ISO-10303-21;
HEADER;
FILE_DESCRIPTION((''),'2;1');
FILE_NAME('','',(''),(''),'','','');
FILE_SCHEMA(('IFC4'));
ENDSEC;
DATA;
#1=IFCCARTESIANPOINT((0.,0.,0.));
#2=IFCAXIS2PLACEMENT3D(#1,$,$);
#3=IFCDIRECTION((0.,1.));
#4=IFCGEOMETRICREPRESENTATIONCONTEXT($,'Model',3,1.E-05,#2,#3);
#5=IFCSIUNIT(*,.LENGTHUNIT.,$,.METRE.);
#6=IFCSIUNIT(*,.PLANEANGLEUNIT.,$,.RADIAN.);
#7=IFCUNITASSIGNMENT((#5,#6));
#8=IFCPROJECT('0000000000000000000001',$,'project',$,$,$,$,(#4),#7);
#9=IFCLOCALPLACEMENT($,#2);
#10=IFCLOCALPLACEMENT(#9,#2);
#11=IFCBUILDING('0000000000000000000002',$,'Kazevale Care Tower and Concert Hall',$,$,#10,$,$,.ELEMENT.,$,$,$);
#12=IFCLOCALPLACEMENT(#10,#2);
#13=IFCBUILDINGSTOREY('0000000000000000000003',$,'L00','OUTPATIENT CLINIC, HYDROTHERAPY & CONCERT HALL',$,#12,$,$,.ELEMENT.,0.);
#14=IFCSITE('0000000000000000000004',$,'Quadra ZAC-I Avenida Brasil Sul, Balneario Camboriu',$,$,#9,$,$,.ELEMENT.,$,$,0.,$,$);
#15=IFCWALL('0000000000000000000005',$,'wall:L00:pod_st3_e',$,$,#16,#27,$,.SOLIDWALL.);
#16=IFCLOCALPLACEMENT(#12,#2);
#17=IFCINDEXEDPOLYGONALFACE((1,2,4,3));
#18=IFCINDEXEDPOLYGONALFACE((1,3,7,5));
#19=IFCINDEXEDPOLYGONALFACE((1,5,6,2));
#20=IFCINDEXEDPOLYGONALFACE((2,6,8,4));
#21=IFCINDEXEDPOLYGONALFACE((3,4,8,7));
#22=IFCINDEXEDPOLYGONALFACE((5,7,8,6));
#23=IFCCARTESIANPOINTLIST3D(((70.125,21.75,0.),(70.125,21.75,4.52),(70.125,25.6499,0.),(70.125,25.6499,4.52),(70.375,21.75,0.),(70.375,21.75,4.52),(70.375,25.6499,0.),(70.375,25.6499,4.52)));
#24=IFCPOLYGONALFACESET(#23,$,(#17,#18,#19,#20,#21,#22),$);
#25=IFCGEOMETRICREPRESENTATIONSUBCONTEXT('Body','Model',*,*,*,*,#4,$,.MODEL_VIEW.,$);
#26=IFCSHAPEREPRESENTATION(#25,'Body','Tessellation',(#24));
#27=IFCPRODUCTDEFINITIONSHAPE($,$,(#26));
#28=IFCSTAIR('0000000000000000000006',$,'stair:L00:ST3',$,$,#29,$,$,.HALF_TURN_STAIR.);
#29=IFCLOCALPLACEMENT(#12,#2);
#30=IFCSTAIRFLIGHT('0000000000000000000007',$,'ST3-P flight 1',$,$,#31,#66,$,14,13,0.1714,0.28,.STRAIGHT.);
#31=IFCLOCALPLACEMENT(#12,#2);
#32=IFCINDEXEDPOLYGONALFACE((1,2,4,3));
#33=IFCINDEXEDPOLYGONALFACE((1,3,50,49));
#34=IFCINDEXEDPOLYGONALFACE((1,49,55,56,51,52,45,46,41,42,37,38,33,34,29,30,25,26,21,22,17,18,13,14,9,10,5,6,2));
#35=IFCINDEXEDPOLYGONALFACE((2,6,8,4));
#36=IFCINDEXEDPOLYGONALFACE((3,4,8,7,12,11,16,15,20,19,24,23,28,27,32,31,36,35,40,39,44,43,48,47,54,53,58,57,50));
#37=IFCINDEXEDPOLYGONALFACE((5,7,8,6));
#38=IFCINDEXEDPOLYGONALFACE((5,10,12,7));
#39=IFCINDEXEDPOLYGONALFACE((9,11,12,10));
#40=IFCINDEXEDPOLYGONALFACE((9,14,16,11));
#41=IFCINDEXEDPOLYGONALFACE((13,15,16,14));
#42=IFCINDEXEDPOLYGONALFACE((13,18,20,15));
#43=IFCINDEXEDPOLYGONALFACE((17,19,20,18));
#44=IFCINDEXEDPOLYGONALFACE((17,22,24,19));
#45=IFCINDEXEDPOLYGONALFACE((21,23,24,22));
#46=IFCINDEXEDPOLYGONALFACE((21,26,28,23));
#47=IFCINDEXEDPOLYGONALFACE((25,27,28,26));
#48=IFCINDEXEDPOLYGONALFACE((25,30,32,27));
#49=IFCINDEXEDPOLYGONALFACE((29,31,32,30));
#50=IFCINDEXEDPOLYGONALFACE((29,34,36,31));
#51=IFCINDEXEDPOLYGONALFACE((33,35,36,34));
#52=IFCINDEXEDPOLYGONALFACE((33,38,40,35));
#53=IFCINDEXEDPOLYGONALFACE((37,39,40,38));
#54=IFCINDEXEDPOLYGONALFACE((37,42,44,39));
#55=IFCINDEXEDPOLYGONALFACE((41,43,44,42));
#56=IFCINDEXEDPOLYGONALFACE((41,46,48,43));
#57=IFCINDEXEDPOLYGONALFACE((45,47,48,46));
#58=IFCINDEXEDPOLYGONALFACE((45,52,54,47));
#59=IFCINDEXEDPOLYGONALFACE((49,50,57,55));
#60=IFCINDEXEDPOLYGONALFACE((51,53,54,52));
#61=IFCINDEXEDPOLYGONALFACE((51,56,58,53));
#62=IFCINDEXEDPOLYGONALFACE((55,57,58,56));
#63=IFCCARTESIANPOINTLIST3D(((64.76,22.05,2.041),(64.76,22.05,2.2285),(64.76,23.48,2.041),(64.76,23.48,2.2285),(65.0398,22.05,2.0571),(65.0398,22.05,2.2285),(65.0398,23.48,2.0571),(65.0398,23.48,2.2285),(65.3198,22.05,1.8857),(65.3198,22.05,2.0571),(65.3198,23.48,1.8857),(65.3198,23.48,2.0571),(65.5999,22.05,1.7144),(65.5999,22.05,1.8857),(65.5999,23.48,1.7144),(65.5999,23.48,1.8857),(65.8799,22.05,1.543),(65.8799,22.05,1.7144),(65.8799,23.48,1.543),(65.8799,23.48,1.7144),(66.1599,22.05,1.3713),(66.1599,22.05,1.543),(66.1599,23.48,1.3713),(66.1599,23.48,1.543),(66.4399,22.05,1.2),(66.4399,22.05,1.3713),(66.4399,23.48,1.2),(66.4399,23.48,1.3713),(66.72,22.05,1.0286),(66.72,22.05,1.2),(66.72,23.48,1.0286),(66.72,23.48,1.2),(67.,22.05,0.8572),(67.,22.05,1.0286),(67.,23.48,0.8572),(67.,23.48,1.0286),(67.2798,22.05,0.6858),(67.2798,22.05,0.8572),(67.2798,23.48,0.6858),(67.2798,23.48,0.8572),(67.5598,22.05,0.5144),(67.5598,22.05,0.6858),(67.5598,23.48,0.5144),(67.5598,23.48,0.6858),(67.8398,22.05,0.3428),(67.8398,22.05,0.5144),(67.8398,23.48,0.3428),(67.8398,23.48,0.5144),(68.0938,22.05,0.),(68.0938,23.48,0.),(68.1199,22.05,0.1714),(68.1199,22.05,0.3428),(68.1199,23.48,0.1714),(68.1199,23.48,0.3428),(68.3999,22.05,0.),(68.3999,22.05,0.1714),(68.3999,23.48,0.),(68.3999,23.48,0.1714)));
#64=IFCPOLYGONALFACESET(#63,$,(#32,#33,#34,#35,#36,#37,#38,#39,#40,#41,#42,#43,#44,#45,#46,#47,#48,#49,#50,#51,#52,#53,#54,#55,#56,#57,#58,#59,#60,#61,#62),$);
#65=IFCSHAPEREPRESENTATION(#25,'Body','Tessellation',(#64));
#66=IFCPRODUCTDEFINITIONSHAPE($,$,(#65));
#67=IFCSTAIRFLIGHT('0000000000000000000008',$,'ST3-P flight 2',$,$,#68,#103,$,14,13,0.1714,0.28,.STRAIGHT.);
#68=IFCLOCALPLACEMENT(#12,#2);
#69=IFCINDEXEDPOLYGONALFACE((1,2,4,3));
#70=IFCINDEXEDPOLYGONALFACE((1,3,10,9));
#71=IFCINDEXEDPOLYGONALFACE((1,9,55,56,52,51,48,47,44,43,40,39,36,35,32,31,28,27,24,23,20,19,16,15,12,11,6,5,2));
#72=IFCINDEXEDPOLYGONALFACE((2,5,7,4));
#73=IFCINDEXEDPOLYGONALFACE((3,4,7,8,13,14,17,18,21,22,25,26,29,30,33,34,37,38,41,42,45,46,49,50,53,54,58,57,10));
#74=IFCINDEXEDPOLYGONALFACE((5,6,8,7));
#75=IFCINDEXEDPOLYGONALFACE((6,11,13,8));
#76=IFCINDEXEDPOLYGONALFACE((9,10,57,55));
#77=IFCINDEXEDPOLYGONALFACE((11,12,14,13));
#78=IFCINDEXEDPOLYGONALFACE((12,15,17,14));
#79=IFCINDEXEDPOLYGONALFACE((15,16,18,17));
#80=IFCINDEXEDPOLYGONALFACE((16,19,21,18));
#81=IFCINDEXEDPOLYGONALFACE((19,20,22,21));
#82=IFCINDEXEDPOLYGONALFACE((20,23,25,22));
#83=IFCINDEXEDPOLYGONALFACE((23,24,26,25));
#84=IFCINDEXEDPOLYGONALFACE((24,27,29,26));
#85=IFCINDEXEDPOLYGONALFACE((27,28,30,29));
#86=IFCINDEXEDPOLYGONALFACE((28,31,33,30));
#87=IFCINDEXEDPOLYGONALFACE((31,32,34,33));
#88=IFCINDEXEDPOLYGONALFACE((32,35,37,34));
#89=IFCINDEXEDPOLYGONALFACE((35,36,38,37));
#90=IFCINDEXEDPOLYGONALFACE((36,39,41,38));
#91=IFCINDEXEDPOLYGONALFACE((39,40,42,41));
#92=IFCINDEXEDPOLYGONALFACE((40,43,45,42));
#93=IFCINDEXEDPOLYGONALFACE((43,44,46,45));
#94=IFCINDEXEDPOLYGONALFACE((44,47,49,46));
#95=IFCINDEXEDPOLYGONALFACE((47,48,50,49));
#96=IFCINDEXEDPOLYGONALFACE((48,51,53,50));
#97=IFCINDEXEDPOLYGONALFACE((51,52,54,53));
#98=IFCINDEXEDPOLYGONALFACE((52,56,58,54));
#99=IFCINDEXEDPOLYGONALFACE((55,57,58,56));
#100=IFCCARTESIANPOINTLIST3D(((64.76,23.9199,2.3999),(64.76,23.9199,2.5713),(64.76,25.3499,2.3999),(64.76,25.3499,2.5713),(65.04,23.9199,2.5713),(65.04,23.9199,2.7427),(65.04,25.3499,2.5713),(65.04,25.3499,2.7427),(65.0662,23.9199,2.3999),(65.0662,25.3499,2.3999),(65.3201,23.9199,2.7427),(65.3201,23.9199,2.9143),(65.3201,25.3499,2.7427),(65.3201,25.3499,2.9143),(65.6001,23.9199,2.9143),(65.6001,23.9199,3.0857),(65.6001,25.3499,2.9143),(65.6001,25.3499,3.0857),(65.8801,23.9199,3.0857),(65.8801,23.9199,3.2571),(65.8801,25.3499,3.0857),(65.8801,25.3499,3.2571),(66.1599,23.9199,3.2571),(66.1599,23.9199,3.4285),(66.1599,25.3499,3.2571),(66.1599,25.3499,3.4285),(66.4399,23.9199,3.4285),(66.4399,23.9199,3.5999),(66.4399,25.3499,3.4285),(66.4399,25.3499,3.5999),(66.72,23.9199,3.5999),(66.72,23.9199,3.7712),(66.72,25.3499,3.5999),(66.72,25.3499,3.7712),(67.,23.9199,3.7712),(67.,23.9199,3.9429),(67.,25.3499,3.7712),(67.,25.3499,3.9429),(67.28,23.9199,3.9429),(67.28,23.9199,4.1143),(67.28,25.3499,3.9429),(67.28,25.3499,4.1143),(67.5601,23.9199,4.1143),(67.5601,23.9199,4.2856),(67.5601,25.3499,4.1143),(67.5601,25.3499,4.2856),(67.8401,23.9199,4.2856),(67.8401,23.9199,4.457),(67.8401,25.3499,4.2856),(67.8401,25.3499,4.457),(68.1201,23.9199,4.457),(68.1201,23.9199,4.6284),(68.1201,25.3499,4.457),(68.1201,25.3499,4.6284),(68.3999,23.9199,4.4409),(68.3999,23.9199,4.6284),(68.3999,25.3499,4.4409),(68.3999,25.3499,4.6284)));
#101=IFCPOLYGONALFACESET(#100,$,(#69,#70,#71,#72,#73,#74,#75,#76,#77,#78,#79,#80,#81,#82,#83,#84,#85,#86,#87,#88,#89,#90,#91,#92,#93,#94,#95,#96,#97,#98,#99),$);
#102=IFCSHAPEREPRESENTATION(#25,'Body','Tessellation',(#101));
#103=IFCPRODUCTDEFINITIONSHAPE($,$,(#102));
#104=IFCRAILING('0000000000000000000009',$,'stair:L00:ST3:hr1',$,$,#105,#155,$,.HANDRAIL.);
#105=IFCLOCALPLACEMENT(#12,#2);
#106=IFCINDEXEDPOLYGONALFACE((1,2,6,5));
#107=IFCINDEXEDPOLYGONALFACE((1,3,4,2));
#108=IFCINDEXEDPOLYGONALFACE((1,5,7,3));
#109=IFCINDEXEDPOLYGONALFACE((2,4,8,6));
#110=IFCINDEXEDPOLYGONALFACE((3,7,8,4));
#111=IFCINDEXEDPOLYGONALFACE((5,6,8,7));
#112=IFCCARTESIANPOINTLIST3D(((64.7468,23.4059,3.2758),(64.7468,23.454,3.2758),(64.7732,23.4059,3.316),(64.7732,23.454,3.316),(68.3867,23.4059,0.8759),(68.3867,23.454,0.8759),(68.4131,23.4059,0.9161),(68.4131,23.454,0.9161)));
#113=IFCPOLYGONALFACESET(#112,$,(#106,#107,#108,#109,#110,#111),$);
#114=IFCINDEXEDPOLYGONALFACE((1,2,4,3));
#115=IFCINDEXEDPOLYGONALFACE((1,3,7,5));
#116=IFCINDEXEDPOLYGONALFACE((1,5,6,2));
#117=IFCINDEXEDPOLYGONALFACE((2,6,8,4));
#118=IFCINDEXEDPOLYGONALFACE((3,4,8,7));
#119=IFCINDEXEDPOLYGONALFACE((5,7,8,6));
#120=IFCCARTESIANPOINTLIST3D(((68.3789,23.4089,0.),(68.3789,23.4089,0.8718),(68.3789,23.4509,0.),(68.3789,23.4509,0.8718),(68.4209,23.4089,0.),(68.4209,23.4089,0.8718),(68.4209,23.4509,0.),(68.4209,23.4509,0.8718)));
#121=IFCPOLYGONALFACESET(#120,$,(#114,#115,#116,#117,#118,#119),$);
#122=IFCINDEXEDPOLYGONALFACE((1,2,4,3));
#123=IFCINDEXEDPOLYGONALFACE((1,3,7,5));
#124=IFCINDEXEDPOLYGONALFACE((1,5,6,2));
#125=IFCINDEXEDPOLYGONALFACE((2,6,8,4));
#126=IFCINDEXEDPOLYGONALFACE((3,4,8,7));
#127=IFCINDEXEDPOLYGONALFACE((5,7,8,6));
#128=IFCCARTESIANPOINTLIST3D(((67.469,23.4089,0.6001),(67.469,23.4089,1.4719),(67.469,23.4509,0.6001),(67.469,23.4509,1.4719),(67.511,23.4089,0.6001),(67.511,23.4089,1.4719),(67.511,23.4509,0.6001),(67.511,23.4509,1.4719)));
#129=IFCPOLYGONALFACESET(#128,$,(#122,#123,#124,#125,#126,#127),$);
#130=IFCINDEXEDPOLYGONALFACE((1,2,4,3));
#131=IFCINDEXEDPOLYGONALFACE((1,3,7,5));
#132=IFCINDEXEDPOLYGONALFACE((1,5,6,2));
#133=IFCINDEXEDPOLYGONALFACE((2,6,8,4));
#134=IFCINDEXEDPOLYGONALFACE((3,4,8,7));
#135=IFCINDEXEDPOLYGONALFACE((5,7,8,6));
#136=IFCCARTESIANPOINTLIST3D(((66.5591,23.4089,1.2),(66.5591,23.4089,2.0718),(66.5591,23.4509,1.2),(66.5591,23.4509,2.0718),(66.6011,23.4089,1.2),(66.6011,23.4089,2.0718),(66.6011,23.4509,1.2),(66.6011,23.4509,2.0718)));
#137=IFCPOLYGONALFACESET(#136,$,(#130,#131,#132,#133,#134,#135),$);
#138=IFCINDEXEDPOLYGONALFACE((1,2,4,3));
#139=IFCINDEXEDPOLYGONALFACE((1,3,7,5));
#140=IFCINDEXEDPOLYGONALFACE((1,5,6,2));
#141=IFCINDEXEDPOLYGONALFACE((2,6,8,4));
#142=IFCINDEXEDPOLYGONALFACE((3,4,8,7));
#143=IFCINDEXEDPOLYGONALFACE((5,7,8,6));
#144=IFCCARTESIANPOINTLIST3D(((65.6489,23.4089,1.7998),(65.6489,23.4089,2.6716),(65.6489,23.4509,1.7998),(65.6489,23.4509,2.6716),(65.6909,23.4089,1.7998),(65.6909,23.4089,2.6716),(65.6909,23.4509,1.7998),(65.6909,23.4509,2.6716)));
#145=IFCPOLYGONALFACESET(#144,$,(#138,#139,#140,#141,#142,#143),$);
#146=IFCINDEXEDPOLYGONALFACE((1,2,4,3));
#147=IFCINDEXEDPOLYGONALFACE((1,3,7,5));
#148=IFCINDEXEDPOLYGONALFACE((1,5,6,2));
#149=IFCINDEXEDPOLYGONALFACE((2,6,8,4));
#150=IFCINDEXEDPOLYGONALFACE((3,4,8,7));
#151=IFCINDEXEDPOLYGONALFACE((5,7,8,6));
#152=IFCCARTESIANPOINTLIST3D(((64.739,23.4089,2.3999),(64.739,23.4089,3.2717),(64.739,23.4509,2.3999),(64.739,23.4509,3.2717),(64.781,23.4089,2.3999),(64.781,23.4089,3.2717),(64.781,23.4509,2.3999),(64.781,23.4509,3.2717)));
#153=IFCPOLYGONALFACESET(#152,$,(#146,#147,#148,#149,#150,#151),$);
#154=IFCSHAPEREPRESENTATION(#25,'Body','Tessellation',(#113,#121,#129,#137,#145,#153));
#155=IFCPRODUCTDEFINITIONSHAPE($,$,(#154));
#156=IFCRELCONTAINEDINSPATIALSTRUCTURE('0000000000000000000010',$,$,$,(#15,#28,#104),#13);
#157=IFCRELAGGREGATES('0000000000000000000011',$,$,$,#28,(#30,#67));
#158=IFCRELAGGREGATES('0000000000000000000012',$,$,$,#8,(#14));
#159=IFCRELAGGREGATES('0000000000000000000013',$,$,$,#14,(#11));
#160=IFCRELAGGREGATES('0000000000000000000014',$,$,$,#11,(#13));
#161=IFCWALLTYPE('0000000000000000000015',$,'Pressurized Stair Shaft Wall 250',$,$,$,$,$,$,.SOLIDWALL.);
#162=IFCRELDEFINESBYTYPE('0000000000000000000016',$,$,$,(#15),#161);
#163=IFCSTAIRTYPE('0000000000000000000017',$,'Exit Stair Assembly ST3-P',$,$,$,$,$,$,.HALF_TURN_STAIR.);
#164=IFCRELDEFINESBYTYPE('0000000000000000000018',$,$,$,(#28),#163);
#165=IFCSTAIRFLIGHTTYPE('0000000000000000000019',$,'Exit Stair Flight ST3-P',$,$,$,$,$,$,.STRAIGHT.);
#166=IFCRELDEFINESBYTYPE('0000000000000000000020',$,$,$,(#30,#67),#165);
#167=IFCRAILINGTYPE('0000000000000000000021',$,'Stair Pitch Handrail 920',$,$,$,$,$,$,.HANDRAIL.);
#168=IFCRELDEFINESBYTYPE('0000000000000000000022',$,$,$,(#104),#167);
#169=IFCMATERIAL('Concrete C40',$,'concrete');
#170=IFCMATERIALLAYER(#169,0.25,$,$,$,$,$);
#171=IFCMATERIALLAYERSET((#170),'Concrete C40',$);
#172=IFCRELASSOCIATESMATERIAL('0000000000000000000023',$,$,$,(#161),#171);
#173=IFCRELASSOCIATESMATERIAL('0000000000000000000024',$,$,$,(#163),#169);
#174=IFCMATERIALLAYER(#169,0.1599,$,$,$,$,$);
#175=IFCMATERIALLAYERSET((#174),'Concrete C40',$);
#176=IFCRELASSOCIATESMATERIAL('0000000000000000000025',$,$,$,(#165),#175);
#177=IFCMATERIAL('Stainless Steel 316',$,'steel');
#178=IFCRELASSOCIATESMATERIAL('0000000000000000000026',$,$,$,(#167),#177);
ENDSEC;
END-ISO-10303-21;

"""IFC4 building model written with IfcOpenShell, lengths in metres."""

from ifc_helpers import new_model, si_unit, direction, frame, frame_2d, origin, origin_2d, place, context, subcontext, project, spatial, polyline, rectangle, outline, extrude, material, layer, layer_set, type_object, element, aggregate, save


model = new_model("IFC4")

# Units and contexts
model_context = context("Model", 3, precision=1e-05, world=origin(), true_north=direction((0.0, 1.0)))
body_context = subcontext(model_context, "Body", "Model", "MODEL_VIEW")
ifc_project = project(units=[si_unit("LENGTHUNIT", "METRE"), si_unit("PLANEANGLEUNIT", "RADIAN")], contexts=[model_context])

# Site, building, storey
site_placement = place(None, origin())
site = spatial("IfcSite", under=ifc_project, at=site_placement, Name="Quadra ZAC-I Avenida Brasil Sul, Balneario Camboriu", CompositionType="ELEMENT", RefElevation=0.0)
building_placement = place(site_placement, origin())
building = spatial("IfcBuilding", under=site, at=building_placement, Name="Kazevale Care Tower and Concert Hall", CompositionType="ELEMENT")
storey_placement = place(building_placement, origin())
storey = spatial("IfcBuildingStorey", under=building, at=storey_placement, Name="L00", Description="OUTPATIENT CLINIC, HYDROTHERAPY & CONCERT HALL", CompositionType="ELEMENT", Elevation=0.0)

# Wall
ifc_material_1 = material(Name="Concrete C40", Category="concrete")
ifc_layer_1 = layer(ifc_material_1, 0.25)
ifc_layer_set_1 = layer_set([ifc_layer_1], Name="Concrete C40")
wall_type_1 = type_object("IfcWallType", Name="Pressurized Stair Shaft Wall 250", PredefinedType="SOLIDWALL", material=ifc_layer_set_1)
wall_1_placement = place(storey_placement, frame((70.25, 21.75, 0.0), z_axis=(0.0, 0.0, 1.0), x_axis=(0.0, 1.0, 0.0)))
element("IfcWall", 1, at=wall_1_placement, inside=storey, type_object=wall_type_1, Name="wall:L00:pod_st3_e", PredefinedType="SOLIDWALL", context=body_context, shape_type="SweptSolid", body=[
    extrude(rectangle(XDim=3.8999, YDim=0.25, at=frame_2d((1.95, 0.0))), origin(), (0.0, 0.0, 1.0), 4.52),
])

# Stair, stair flights
stair_type = type_object("IfcStairType", Name="Exit Stair Assembly ST3-P", PredefinedType="HALF_TURN_STAIR", material=ifc_material_1)
stair_placement = place(storey_placement, origin())
stair = element("IfcStair", 2, at=stair_placement, inside=storey, type_object=stair_type, Name="stair:L00:ST3", PredefinedType="HALF_TURN_STAIR")
ifc_layer_2 = layer(ifc_material_1, 0.1599)
ifc_layer_set_2 = layer_set([ifc_layer_2], Name="Concrete C40")
stair_flight_type = type_object("IfcStairFlightType", Name="Exit Stair Flight ST3-P", PredefinedType="STRAIGHT", material=ifc_layer_set_2)
stair_flight_1_placement = place(storey_placement, frame((68.3999, 22.7649, 0.0), z_axis=(0.0, 0.0, 1.0), x_axis=(-1.0, 0.0, 0.0)))
stair_flight_1 = element("IfcStairFlight", 3, at=stair_flight_1_placement, type_object=stair_flight_type, Name="ST3-P flight 1", NumberOfRisers=14, NumberOfTreads=13, PredefinedType="STRAIGHT", RiserHeight=0.1714, TreadLength=0.28, context=body_context, shape_type="SweptSolid", body=[
    extrude(outline(polyline([(0.0, 0.0), (0.0, 0.1714), (0.28, 0.1714), (0.28, 0.3428), (0.5601, 0.3428), (0.5601, 0.5144), (0.8401, 0.5144), (0.8401, 0.6858), (1.1201, 0.6858), (1.1201, 0.8572), (1.3999, 0.8572), (1.3999, 1.0286), (1.6799, 1.0286), (1.6799, 1.2), (1.96, 1.2), (1.96, 1.3713), (2.24, 1.3713), (2.24, 1.543), (2.52, 1.543), (2.52, 1.7144), (2.8, 1.7144), (2.8, 1.8857), (3.0801, 1.8857), (3.0801, 2.0571), (3.3601, 2.0571), (3.3601, 2.2285), (3.6399, 2.2285), (3.6399, 2.3999), (3.6399, 2.041), (0.3062, 0.0), (0.0, 0.0)])), frame((0.0, 0.7148, 0.0), z_axis=(0.0, -1.0, 0.0), x_axis=(1.0, 0.0, 0.0)), (0.0, 0.0, 1.0), 1.4299),
])
stair_flight_2_placement = place(storey_placement, frame((64.76, 24.635, 2.3999), z_axis=(0.0, 0.0, 1.0), x_axis=(1.0, 0.0, 0.0)))
stair_flight_2 = element("IfcStairFlight", 4, at=stair_flight_2_placement, type_object=stair_flight_type, Name="ST3-P flight 2", NumberOfRisers=14, NumberOfTreads=13, PredefinedType="STRAIGHT", RiserHeight=0.1714, TreadLength=0.28, context=body_context, shape_type="SweptSolid", body=[
    extrude(outline(polyline([(0.0, 0.0), (0.0, 0.1714), (0.28, 0.1714), (0.28, 0.3428), (0.5601, 0.3428), (0.5601, 0.5144), (0.8401, 0.5144), (0.8401, 0.6858), (1.1201, 0.6858), (1.1201, 0.8572), (1.3999, 0.8572), (1.3999, 1.0286), (1.6799, 1.0286), (1.6799, 1.2), (1.96, 1.2), (1.96, 1.3713), (2.24, 1.3713), (2.24, 1.543), (2.52, 1.543), (2.52, 1.7144), (2.8, 1.7144), (2.8, 1.8857), (3.0801, 1.8857), (3.0801, 2.0571), (3.3601, 2.0571), (3.3601, 2.2285), (3.6399, 2.2285), (3.6399, 2.3999), (3.6399, 2.041), (0.3062, 0.0), (0.0, 0.0)])), frame((0.0, 0.7148, 0.0), z_axis=(0.0, -1.0, 0.0), x_axis=(1.0, 0.0, 0.0)), (0.0, 0.0, 1.0), 1.4299),
])
aggregate(stair, [stair_flight_1, stair_flight_2])

# Railing
ifc_material_2 = material(Name="Stainless Steel 316", Category="steel")
railing_type_1 = type_object("IfcRailingType", Name="Stair Pitch Handrail 920", PredefinedType="HANDRAIL", material=ifc_material_2)
railing_1_placement = place(storey_placement, frame((68.3999, 23.4299, 0.0)))
element("IfcRailing", 5, at=railing_1_placement, inside=storey, type_object=railing_type_1, Name="stair:L00:ST3:hr1", PredefinedType="HANDRAIL", context=body_context, shape_type="SweptSolid", body=[
    extrude(rectangle(XDim=0.0481, YDim=0.0481, at=origin_2d()), frame((0.0, 0.0, 0.896), z_axis=(-0.834865, 0.0, 0.550454), x_axis=(0.0, -1.0, 0.0)), (0.0, 0.0, 1.0), 4.3599),
    extrude(rectangle(XDim=0.042, YDim=0.042, at=origin_2d()), origin(), (0.0, 0.0, 1.0), 0.8718),
    extrude(rectangle(XDim=0.042, YDim=0.042, at=origin_2d()), frame((-0.9099, 0.0, 0.6001)), (0.0, 0.0, 1.0), 0.8718),
    extrude(rectangle(XDim=0.042, YDim=0.042, at=origin_2d()), frame((-1.8198, 0.0, 1.2)), (0.0, 0.0, 1.0), 0.8718),
    extrude(rectangle(XDim=0.042, YDim=0.042, at=origin_2d()), frame((-2.73, 0.0, 1.7998)), (0.0, 0.0, 1.0), 0.8718),
    extrude(rectangle(XDim=0.042, YDim=0.042, at=origin_2d()), frame((-3.6399, 0.0, 2.3999)), (0.0, 0.0, 1.0), 0.8718),
])

save(model, "model.ifc")
